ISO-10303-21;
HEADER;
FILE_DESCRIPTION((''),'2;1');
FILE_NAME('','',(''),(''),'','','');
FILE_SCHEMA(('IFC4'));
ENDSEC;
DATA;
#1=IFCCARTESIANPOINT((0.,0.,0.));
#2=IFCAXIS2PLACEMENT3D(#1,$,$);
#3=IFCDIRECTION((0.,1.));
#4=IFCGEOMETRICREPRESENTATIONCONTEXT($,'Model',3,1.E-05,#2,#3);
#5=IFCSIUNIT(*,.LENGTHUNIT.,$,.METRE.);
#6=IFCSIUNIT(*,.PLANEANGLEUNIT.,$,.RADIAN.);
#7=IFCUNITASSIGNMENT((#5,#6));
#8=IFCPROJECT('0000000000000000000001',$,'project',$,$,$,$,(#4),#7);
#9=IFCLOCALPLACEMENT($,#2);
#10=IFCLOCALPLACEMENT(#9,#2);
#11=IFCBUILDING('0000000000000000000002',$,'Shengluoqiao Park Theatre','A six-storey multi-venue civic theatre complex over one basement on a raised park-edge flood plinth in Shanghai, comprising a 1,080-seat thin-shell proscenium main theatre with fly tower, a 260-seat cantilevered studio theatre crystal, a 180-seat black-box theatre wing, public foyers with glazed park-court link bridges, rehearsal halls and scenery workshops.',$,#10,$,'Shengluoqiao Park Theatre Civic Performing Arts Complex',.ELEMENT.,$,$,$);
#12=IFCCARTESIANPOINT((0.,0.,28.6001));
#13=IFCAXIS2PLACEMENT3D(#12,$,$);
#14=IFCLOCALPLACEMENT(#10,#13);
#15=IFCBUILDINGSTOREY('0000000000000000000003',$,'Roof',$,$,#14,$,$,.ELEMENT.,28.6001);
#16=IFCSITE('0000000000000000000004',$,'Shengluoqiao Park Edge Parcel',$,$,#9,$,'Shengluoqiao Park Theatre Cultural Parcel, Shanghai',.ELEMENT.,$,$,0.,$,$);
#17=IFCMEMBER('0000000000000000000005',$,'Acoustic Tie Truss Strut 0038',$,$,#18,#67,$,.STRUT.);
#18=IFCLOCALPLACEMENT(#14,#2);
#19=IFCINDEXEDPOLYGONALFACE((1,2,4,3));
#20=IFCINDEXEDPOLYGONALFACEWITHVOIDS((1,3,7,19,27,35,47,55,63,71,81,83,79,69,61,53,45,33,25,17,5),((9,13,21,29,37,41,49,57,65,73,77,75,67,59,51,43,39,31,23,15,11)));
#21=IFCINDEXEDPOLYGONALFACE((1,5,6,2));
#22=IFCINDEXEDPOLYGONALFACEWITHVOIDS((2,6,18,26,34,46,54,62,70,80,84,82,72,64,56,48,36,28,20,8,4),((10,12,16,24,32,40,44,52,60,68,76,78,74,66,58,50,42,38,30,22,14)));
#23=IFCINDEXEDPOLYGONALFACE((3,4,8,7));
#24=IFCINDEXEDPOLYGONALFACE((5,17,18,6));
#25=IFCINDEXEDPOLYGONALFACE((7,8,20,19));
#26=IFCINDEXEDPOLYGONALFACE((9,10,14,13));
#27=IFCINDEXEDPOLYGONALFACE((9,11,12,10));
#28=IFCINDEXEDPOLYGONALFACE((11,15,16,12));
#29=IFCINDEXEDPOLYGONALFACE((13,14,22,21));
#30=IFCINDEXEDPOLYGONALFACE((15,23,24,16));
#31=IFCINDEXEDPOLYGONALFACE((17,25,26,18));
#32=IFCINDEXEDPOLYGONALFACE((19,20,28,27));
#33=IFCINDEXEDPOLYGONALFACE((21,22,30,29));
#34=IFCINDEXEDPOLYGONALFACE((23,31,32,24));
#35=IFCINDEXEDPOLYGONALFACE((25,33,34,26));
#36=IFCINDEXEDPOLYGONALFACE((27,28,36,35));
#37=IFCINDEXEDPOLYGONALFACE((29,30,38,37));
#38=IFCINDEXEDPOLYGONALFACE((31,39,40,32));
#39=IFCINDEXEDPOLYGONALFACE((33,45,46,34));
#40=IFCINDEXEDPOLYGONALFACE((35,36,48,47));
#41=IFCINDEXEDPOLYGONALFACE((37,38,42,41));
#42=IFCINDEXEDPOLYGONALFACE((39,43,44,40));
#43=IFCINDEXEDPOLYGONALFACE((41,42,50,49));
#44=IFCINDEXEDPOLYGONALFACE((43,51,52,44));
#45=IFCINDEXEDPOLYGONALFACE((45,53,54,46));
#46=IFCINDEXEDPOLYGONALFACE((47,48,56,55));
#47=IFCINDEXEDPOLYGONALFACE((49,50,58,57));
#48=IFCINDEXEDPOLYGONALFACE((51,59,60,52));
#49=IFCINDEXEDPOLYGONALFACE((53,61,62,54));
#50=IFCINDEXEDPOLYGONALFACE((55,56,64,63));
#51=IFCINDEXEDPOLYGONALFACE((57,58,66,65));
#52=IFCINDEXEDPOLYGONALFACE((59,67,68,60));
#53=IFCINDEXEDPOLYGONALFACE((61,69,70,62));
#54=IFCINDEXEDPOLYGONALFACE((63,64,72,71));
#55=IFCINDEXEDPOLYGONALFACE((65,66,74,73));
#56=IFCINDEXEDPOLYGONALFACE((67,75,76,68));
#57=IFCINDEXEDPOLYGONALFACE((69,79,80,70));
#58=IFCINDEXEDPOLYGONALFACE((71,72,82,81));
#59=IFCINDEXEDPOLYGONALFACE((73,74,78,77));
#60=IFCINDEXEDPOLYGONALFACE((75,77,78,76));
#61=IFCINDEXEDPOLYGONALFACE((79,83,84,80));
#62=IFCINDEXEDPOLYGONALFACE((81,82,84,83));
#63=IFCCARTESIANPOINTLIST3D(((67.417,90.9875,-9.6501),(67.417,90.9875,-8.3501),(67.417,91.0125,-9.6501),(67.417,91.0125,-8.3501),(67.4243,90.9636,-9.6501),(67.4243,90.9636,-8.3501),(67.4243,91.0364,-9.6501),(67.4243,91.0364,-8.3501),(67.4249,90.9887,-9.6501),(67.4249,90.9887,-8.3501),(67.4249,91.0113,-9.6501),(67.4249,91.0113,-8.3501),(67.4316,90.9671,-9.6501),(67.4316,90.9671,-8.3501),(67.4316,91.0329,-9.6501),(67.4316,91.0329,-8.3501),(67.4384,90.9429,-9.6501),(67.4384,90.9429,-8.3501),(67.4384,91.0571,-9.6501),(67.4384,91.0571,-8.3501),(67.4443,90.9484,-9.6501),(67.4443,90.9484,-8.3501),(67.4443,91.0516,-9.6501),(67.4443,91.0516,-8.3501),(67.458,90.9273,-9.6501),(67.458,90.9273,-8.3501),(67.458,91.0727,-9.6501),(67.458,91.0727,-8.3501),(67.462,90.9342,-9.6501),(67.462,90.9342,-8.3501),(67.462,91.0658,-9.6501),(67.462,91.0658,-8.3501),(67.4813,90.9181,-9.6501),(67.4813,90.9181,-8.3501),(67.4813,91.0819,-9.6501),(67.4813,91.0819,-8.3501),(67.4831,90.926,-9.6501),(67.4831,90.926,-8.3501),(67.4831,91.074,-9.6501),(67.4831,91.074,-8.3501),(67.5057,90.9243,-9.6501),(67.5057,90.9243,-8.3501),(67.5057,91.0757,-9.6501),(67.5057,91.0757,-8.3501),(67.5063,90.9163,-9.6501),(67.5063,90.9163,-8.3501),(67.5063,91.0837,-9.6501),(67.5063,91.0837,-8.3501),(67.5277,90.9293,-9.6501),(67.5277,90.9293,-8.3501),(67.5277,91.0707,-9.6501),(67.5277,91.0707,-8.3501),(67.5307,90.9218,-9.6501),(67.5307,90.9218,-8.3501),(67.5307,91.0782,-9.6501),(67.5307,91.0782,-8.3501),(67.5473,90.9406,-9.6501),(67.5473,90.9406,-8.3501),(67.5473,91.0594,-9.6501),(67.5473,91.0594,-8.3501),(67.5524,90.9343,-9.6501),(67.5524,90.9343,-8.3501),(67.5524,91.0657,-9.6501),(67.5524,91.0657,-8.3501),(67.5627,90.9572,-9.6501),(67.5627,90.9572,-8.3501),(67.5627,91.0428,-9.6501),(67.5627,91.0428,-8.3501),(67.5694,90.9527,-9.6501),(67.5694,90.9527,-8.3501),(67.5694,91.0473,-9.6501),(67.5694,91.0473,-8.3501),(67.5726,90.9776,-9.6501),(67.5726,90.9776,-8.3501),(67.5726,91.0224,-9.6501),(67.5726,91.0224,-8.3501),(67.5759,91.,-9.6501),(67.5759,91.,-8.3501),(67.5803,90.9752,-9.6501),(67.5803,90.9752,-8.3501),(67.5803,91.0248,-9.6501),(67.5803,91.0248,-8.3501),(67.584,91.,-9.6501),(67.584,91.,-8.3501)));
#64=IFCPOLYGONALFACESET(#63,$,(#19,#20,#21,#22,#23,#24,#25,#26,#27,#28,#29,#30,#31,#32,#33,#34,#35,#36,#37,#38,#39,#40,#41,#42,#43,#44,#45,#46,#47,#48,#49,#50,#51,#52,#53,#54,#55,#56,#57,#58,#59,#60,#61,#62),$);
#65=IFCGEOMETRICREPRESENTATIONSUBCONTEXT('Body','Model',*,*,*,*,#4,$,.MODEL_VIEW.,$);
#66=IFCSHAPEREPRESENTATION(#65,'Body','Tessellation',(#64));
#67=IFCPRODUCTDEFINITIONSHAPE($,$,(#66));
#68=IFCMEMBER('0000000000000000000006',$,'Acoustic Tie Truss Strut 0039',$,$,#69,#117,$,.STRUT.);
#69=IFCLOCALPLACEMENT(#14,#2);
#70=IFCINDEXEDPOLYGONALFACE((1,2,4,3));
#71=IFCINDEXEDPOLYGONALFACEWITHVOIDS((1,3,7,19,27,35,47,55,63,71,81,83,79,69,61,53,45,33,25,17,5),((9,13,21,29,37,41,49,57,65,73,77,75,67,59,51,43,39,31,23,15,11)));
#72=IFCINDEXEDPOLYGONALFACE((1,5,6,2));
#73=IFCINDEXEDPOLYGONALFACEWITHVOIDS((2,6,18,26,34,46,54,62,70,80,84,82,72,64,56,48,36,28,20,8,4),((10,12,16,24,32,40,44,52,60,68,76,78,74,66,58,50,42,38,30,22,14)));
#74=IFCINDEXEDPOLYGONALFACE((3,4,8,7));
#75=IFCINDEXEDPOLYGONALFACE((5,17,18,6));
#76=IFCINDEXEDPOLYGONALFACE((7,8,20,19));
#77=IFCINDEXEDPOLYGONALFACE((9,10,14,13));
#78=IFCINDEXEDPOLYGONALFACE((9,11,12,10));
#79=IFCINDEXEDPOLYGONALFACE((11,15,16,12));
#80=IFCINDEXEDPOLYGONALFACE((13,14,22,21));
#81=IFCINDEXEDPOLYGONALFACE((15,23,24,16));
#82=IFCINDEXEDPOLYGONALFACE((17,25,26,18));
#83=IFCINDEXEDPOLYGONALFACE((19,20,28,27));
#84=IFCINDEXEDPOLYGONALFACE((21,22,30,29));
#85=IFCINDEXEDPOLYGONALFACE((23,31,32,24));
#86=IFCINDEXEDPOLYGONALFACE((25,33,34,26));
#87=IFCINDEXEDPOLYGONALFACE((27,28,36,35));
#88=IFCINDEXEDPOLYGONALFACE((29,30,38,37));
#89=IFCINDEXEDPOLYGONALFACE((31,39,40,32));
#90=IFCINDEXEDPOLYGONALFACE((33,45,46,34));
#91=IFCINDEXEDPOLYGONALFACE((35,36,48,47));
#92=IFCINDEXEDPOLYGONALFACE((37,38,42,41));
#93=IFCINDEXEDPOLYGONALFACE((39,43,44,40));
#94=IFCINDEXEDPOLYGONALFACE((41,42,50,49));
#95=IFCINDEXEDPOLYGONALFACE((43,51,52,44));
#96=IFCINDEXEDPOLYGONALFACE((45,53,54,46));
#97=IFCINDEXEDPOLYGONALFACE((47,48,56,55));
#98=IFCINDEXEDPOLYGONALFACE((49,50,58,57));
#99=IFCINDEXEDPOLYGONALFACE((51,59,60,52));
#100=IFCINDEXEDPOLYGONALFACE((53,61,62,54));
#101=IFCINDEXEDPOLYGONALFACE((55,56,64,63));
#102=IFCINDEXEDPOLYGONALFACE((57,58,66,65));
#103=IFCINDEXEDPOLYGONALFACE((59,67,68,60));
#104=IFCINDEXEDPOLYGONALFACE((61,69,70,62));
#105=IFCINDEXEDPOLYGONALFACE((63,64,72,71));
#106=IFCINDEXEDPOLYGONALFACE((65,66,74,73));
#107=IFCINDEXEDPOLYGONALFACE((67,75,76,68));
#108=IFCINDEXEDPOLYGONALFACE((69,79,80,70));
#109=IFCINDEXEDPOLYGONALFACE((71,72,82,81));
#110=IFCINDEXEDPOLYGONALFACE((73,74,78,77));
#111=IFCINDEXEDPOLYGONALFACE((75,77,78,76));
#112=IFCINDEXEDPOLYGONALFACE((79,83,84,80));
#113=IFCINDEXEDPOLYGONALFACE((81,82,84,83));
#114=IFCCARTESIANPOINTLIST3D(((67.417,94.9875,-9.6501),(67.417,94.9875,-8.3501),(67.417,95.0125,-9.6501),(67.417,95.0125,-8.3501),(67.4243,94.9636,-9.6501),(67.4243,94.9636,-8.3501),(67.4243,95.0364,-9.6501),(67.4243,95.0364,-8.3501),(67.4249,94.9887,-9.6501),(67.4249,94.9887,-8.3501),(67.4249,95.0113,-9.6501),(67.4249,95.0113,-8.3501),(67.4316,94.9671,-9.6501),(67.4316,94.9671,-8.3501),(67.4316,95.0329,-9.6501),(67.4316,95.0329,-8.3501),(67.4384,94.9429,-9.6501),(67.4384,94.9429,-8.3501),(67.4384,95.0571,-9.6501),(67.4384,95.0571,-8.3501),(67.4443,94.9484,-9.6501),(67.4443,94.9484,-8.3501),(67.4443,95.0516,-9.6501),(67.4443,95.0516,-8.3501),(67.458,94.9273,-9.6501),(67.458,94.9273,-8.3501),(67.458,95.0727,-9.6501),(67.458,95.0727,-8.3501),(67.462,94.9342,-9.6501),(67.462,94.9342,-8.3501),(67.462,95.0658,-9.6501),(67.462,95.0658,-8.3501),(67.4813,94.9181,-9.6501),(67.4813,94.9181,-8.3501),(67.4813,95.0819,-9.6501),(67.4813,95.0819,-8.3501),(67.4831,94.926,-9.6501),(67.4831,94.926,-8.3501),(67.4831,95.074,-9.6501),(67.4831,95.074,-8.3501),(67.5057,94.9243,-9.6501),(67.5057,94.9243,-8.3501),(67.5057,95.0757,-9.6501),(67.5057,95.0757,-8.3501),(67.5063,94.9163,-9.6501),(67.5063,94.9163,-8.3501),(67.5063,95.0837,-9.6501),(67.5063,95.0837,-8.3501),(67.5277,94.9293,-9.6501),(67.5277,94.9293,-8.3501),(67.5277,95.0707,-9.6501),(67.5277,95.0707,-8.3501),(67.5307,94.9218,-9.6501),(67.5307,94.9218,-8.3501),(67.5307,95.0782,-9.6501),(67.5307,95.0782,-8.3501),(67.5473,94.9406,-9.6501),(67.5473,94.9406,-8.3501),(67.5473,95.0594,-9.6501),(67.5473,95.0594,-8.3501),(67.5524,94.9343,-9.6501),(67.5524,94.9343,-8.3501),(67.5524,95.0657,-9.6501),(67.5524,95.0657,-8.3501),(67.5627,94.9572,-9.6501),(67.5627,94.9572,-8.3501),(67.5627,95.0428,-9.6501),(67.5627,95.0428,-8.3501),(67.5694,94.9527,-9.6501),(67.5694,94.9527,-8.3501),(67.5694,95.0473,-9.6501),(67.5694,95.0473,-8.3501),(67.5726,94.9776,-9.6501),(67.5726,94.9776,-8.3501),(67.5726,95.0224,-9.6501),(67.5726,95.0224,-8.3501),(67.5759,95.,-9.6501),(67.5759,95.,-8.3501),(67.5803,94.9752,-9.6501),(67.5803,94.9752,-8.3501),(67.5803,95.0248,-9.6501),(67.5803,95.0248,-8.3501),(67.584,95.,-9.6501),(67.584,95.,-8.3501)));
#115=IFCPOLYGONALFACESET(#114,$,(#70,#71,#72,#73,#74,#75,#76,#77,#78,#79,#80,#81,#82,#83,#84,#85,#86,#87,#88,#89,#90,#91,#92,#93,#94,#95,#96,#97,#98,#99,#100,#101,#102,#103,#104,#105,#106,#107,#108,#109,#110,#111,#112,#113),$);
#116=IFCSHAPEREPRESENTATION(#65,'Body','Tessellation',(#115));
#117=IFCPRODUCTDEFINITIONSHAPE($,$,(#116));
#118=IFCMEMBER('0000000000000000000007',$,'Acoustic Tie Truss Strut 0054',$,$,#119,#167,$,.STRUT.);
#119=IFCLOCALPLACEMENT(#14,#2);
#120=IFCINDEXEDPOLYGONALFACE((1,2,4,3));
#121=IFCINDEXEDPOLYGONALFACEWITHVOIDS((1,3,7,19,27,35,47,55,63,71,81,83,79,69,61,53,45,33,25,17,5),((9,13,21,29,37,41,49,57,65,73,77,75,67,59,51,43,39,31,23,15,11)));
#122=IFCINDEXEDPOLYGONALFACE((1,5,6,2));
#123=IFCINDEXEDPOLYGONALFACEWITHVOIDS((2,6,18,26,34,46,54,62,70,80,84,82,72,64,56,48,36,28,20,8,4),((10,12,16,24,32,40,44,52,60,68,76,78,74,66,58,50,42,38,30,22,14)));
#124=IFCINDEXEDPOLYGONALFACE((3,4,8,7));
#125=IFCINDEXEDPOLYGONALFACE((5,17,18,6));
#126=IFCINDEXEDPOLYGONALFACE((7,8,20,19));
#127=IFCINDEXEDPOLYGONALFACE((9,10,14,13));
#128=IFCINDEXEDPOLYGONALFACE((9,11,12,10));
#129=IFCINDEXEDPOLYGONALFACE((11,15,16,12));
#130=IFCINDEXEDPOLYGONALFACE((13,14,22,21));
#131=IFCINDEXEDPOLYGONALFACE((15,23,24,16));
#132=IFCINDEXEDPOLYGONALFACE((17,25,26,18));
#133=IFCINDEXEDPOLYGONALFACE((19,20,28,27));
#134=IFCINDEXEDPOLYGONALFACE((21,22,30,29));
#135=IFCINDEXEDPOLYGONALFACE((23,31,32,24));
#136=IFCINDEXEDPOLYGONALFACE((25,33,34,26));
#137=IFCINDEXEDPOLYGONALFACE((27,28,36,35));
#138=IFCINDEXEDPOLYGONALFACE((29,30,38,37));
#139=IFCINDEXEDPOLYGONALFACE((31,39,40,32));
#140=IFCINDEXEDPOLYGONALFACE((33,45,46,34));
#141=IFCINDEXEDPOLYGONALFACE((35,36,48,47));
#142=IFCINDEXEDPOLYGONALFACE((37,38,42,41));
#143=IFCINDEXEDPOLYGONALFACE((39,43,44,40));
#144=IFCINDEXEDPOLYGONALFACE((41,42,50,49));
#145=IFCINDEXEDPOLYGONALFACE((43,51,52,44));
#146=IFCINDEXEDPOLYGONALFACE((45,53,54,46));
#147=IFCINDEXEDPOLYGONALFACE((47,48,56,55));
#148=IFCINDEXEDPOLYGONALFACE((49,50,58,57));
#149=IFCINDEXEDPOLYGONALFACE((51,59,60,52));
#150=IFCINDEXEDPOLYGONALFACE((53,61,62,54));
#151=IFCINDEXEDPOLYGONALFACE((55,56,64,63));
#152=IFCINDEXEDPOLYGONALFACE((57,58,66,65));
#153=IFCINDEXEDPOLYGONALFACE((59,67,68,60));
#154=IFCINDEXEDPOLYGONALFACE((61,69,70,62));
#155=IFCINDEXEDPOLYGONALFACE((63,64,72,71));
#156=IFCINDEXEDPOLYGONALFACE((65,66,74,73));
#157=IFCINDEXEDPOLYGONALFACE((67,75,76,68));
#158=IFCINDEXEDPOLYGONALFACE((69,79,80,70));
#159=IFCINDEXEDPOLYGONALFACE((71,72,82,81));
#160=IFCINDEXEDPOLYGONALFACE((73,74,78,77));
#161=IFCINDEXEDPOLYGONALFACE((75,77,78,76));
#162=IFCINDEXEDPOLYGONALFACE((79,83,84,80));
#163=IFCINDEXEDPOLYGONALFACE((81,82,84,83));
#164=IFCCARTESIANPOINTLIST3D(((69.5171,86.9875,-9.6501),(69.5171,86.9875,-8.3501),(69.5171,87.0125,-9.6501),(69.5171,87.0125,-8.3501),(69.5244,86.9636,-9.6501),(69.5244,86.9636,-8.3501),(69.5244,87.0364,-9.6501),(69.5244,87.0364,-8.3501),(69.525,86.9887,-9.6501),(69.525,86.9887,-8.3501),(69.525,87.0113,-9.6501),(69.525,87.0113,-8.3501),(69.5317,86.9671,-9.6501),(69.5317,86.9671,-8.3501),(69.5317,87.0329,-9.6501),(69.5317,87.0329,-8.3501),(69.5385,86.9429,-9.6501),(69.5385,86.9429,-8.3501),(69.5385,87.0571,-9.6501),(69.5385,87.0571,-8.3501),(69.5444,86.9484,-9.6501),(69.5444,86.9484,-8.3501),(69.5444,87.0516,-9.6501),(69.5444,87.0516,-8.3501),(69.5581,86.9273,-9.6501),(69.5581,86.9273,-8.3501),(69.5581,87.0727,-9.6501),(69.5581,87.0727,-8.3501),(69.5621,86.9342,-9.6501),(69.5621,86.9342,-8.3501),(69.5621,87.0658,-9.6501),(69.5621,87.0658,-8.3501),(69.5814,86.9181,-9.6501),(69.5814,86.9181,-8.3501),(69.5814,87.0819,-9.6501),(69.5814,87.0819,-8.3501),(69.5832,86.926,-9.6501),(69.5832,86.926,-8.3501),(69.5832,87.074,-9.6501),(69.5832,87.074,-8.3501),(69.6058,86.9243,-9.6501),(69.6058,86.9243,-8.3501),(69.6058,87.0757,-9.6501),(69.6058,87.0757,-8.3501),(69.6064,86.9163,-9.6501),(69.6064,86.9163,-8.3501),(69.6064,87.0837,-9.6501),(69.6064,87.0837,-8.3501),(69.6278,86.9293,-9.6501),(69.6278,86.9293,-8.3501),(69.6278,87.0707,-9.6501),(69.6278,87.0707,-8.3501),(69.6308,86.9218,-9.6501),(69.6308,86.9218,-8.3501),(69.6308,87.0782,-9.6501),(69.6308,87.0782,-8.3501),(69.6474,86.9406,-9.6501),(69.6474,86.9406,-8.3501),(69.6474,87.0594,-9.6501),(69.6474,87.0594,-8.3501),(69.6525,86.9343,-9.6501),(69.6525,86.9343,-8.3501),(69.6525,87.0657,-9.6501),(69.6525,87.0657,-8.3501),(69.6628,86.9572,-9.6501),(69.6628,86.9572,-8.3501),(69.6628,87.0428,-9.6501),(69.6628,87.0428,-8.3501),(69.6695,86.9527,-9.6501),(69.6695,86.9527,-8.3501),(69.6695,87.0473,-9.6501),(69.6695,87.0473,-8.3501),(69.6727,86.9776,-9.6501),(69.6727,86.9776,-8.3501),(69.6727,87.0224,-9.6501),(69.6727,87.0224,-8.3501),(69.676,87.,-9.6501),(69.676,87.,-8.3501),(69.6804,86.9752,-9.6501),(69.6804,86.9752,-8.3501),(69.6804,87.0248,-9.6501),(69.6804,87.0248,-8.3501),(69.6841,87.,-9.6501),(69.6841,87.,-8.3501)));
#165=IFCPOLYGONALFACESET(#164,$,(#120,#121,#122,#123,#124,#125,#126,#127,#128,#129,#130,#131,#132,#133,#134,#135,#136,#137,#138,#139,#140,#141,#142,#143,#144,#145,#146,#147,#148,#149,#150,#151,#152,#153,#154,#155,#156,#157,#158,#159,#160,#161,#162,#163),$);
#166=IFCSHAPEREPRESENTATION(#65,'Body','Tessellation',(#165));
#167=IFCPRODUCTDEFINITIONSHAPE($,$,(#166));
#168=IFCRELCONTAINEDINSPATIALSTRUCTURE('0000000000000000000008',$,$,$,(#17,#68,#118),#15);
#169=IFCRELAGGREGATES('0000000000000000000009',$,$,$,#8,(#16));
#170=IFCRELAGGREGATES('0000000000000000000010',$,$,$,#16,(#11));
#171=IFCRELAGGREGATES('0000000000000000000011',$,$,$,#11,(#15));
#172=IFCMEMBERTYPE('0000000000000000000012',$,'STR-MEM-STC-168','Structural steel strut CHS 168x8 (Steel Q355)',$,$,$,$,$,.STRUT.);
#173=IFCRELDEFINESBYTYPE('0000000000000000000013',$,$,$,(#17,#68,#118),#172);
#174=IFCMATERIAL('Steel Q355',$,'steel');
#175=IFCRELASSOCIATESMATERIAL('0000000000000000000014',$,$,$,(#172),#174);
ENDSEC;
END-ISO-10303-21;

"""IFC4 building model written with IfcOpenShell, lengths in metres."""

from ifc_helpers import new_model, si_unit, direction, frame, origin, origin_2d, place, context, subcontext, project, spatial, hollow_circle, extrude, material, material_profile, profile_set, type_object, element, save


model = new_model("IFC4")

# Units and contexts
model_context = context("Model", 3, precision=1e-05, world=origin(), true_north=direction((0.0, 1.0)))
body_context = subcontext(model_context, "Body", "Model", "MODEL_VIEW")
ifc_project = project(units=[si_unit("LENGTHUNIT", "METRE"), si_unit("PLANEANGLEUNIT", "RADIAN")], contexts=[model_context])

# Site, building, storey
site_placement = place(None, origin())
site = spatial("IfcSite", under=ifc_project, at=site_placement, Name="Shengluoqiao Park Edge Parcel", LongName="Shengluoqiao Park Theatre Cultural Parcel, Shanghai", CompositionType="ELEMENT", RefElevation=0.0)
building_placement = place(site_placement, origin())
building = spatial("IfcBuilding", under=site, at=building_placement, Name="Shengluoqiao Park Theatre", Description="A six-storey multi-venue civic theatre complex over one basement on a raised park-edge flood plinth in Shanghai, comprising a 1,080-seat thin-shell proscenium main theatre with fly tower, a 260-seat cantilevered studio theatre crystal, a 180-seat black-box theatre wing, public foyers with glazed park-court link bridges, rehearsal halls and scenery workshops.", LongName="Shengluoqiao Park Theatre Civic Performing Arts Complex", CompositionType="ELEMENT")
storey_placement = place(building_placement, frame((0.0, 0.0, 28.6001)))
storey = spatial("IfcBuildingStorey", under=building, at=storey_placement, Name="Roof", CompositionType="ELEMENT", Elevation=28.6001)

# Shared definitions
ifc_material = material(Name="Steel Q355", Category="steel")

# Members
ifc_material_profile_1 = material_profile(ifc_material, hollow_circle(Radius=0.084, WallThickness=0.0081, at=origin_2d()), Name="CHS 168x8")
ifc_profile_set_1 = profile_set([ifc_material_profile_1], Name="Steel Q355")
member_type_1 = type_object("IfcMemberType", Name="STR-MEM-STC-168", Description="Structural steel strut CHS 168x8 (Steel Q355)", PredefinedType="STRUT", material=ifc_profile_set_1)
for number, where, z_axis, x_axis, name in (
    (1, (67.5, 91.0, -9.6501), (0.0, 0.0, 1.0), (1.0, 0.0, 0.0), "Acoustic Tie Truss Strut 0038"),
    (2, (67.5, 95.0, -9.6501), (0.0, 0.0, 1.0), (1.0, 0.0, 0.0), "Acoustic Tie Truss Strut 0039"),
    (3, (69.6001, 87.0, -9.6501), (0.0, 0.0, 1.0), (1.0, 0.0, 0.0), "Acoustic Tie Truss Strut 0054"),
):
    element("IfcMember", number, at=place(storey_placement, frame(where, z_axis=z_axis, x_axis=x_axis)), inside=storey, type_object=member_type_1, Name=name, PredefinedType="STRUT", context=body_context, shape_type="SweptSolid", body=[
        extrude(hollow_circle(Radius=0.084, WallThickness=0.0081, at=origin_2d()), origin(), (0.0, 0.0, 1.0), 1.3),
    ])

save(model, "model.ifc")
